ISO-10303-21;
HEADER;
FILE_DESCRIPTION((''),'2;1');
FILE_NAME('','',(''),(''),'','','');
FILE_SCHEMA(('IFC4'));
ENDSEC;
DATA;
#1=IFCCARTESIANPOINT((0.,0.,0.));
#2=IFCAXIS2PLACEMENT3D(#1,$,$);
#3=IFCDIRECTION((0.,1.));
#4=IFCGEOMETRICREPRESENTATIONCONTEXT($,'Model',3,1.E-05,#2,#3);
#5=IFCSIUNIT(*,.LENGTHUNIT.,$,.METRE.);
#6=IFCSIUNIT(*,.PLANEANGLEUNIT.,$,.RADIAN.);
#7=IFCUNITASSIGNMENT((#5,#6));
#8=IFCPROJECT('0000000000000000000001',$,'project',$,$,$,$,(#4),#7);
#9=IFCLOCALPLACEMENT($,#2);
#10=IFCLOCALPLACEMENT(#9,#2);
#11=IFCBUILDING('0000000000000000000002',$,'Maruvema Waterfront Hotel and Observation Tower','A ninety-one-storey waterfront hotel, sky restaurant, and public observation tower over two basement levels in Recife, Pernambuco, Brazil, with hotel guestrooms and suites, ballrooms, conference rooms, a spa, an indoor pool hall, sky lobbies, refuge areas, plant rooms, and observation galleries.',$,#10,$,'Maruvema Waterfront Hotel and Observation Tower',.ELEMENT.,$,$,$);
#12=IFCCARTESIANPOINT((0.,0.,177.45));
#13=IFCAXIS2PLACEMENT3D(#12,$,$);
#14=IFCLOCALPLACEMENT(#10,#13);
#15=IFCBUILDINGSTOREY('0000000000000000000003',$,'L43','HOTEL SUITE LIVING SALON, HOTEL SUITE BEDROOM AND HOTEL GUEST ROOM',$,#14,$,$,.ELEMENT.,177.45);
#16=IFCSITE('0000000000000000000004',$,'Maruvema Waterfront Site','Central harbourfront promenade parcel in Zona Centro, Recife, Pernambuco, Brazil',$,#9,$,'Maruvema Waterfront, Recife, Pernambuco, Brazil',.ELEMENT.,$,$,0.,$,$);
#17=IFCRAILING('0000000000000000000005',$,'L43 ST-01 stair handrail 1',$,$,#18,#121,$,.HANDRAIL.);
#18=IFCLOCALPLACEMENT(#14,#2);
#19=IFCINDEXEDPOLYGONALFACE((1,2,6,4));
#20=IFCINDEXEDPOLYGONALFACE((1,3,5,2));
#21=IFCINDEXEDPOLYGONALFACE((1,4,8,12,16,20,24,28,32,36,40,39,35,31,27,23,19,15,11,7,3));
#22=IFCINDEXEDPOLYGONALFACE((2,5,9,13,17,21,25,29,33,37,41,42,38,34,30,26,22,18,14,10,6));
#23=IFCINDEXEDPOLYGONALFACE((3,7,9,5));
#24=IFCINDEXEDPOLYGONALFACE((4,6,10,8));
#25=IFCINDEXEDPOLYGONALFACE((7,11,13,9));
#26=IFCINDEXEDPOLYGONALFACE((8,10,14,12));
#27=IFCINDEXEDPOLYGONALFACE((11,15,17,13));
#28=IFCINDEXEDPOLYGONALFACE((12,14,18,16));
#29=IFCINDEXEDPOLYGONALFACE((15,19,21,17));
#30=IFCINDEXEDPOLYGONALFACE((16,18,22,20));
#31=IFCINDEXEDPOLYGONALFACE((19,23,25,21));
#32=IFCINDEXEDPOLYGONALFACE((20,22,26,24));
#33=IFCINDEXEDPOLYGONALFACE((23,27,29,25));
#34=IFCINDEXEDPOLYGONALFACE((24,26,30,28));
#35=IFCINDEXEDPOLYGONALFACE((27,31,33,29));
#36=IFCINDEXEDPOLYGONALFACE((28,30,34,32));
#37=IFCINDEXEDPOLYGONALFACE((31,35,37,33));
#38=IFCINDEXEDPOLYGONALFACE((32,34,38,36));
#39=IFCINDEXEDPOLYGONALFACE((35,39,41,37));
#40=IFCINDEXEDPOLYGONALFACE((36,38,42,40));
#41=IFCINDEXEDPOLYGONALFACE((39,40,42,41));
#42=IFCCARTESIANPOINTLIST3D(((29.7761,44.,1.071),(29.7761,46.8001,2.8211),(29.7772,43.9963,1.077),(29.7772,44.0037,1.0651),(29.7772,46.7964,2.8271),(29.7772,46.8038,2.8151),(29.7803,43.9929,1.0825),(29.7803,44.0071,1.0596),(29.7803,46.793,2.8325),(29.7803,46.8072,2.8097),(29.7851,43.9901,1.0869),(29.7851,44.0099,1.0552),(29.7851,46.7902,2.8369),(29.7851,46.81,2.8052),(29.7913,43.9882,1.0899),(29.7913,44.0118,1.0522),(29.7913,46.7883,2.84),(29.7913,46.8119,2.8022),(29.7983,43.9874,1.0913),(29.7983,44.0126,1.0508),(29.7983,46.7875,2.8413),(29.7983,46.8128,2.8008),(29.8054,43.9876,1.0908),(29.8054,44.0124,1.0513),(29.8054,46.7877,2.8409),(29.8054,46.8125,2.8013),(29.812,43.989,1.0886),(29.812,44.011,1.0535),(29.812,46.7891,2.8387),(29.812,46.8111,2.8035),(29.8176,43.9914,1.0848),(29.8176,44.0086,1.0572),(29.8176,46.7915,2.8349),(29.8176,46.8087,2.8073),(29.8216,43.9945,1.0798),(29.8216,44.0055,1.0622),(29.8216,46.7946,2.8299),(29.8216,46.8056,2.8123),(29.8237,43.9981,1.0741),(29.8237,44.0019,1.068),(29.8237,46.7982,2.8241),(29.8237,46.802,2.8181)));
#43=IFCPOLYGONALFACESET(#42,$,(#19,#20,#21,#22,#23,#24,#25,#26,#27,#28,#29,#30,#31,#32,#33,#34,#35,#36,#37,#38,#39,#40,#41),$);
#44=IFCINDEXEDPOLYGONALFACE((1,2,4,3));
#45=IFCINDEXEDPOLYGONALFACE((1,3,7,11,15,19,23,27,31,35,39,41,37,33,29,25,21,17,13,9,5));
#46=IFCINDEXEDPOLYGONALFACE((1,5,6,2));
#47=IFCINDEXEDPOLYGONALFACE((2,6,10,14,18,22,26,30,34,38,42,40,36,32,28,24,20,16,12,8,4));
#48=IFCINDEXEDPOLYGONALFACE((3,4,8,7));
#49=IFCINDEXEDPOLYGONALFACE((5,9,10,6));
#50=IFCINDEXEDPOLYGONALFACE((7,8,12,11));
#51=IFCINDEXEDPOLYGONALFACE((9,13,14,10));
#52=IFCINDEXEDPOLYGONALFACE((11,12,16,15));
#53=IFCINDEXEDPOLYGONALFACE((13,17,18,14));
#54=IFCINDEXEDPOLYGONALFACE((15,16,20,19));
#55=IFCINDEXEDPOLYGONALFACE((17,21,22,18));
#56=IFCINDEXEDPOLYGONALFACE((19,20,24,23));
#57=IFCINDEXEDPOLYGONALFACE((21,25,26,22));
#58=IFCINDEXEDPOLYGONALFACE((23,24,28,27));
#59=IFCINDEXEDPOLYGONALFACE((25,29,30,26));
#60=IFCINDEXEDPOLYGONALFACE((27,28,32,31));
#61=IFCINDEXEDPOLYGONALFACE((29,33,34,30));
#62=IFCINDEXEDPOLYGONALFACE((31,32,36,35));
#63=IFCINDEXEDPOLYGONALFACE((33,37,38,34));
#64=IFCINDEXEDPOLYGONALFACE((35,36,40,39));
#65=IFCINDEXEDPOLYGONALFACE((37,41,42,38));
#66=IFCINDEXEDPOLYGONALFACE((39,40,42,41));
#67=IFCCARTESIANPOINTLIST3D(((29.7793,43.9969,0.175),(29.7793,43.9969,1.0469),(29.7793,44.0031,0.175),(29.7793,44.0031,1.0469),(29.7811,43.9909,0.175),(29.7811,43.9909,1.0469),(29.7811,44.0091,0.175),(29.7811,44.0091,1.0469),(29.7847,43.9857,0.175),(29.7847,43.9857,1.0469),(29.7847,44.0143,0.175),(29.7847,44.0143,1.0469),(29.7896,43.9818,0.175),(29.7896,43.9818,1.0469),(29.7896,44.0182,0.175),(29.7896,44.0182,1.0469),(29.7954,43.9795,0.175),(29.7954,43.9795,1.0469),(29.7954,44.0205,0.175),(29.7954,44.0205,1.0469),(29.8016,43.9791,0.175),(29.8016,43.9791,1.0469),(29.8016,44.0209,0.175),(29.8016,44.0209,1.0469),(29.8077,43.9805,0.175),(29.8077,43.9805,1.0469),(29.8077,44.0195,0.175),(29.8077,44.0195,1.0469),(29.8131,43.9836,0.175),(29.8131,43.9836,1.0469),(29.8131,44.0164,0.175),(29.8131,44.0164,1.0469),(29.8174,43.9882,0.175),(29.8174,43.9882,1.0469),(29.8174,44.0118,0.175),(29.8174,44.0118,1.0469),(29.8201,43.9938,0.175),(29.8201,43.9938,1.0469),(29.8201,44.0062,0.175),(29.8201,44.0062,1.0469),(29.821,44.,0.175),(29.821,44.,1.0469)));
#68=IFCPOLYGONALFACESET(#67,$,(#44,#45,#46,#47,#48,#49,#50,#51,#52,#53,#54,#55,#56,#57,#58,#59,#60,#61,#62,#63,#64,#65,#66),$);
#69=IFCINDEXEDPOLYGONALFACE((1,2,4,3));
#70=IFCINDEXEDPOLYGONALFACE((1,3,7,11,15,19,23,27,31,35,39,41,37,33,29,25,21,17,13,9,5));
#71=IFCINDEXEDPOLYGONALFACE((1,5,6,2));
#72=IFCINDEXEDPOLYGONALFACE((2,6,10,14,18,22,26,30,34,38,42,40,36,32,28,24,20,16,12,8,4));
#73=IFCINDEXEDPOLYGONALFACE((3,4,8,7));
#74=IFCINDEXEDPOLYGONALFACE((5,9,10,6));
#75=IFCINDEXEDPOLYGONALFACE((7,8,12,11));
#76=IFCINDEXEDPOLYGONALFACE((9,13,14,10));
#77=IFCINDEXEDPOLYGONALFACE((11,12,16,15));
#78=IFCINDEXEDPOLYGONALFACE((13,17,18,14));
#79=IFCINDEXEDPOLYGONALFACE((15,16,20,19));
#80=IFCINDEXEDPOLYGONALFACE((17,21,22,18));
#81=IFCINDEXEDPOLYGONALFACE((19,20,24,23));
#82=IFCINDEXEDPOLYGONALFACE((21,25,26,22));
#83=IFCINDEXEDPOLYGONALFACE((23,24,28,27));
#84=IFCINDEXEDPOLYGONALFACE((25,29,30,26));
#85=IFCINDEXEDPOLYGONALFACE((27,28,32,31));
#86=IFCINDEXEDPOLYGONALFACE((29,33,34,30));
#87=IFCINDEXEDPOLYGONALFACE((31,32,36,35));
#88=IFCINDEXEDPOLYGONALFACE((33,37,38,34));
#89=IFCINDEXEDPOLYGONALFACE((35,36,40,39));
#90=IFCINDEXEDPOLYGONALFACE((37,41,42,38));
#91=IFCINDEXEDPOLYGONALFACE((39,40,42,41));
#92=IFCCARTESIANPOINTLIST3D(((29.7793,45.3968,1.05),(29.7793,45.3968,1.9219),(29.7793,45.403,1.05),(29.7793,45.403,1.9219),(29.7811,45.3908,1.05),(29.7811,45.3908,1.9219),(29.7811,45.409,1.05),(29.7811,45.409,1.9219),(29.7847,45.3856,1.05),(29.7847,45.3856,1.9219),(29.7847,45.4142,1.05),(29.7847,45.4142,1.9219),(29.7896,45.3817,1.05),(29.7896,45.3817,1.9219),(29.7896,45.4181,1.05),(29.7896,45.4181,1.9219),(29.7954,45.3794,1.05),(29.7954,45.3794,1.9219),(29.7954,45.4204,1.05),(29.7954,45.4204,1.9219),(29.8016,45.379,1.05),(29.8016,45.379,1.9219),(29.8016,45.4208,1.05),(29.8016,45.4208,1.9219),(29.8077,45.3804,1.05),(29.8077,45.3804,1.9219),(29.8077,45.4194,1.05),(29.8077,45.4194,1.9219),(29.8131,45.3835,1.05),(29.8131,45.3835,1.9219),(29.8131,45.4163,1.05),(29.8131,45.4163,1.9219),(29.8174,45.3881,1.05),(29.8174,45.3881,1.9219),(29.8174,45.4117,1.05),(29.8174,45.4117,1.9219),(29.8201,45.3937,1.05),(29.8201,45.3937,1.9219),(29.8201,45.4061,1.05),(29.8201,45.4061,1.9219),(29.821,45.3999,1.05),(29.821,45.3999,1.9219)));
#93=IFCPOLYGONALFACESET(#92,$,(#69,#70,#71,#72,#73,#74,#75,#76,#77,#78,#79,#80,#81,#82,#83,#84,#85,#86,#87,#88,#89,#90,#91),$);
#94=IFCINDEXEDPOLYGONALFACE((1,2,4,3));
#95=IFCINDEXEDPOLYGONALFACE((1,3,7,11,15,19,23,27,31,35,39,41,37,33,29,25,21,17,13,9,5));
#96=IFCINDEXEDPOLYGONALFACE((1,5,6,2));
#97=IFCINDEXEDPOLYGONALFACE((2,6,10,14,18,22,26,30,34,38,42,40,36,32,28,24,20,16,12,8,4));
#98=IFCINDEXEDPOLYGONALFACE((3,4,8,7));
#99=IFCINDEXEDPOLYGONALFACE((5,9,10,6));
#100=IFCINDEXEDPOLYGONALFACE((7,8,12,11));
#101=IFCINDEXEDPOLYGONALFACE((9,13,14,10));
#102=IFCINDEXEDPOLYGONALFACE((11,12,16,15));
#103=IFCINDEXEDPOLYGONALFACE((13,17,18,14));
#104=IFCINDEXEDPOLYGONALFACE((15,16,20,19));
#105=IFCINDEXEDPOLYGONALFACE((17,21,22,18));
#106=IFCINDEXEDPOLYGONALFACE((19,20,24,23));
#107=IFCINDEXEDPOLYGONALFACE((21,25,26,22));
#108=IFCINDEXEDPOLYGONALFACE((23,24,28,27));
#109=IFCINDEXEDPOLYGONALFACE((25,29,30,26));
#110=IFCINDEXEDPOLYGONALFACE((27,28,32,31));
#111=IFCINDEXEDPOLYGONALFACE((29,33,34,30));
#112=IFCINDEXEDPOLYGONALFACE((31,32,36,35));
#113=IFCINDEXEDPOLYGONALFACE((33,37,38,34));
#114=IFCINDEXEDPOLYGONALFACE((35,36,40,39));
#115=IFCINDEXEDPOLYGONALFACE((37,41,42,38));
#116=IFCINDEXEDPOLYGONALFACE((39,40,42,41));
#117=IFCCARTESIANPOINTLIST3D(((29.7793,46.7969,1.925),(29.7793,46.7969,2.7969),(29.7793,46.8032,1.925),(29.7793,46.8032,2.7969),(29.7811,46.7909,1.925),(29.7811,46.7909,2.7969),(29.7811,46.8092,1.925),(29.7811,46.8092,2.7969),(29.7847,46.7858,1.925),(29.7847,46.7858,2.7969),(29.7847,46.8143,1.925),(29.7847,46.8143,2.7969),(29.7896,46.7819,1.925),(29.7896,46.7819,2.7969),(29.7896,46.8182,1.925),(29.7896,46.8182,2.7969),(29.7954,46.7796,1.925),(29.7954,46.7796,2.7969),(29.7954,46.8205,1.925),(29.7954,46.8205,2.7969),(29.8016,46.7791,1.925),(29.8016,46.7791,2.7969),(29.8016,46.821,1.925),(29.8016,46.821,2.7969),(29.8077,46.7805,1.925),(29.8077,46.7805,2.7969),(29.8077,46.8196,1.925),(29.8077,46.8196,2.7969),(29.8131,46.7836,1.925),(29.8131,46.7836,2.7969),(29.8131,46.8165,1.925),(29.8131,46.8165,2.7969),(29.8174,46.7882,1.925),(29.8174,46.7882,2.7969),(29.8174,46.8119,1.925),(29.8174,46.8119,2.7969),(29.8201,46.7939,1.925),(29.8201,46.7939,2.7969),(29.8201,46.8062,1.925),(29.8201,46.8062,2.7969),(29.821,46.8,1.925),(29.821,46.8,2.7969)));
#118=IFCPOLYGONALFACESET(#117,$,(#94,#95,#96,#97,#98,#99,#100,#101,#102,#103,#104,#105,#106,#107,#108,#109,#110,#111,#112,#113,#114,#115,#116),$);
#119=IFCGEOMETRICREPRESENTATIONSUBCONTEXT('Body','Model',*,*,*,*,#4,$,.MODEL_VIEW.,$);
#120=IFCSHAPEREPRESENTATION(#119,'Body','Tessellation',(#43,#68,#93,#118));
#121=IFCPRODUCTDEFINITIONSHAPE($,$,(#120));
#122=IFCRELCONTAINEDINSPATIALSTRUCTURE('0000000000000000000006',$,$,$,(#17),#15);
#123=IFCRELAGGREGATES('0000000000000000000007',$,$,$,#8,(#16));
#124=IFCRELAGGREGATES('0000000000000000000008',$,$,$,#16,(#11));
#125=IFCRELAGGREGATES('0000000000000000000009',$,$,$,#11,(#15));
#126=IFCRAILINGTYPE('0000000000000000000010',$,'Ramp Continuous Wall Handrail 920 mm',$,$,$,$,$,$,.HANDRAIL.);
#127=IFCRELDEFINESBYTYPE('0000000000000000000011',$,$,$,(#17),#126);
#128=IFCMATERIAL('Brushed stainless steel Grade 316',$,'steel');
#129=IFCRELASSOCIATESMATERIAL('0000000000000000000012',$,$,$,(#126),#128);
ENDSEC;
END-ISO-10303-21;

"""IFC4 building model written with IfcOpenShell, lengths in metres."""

from ifc_helpers import new_model, si_unit, direction, frame, origin, origin_2d, place, context, subcontext, project, spatial, circle, extrude, material, type_object, element, save


model = new_model("IFC4")

# Units and contexts
model_context = context("Model", 3, precision=1e-05, world=origin(), true_north=direction((0.0, 1.0)))
body_context = subcontext(model_context, "Body", "Model", "MODEL_VIEW")
ifc_project = project(units=[si_unit("LENGTHUNIT", "METRE"), si_unit("PLANEANGLEUNIT", "RADIAN")], contexts=[model_context])

# Site, building, storey
site_placement = place(None, origin())
site = spatial("IfcSite", under=ifc_project, at=site_placement, Name="Maruvema Waterfront Site", Description="Central harbourfront promenade parcel in Zona Centro, Recife, Pernambuco, Brazil", LongName="Maruvema Waterfront, Recife, Pernambuco, Brazil", CompositionType="ELEMENT", RefElevation=0.0)
building_placement = place(site_placement, origin())
building = spatial("IfcBuilding", under=site, at=building_placement, Name="Maruvema Waterfront Hotel and Observation Tower", Description="A ninety-one-storey waterfront hotel, sky restaurant, and public observation tower over two basement levels in Recife, Pernambuco, Brazil, with hotel guestrooms and suites, ballrooms, conference rooms, a spa, an indoor pool hall, sky lobbies, refuge areas, plant rooms, and observation galleries.", LongName="Maruvema Waterfront Hotel and Observation Tower", CompositionType="ELEMENT")
storey_placement = place(building_placement, frame((0.0, 0.0, 177.45)))
storey = spatial("IfcBuildingStorey", under=building, at=storey_placement, Name="L43", Description="HOTEL SUITE LIVING SALON, HOTEL SUITE BEDROOM AND HOTEL GUEST ROOM", CompositionType="ELEMENT", Elevation=177.45)

# Railing
ifc_material_1 = material(Name="Brushed stainless steel Grade 316", Category="steel")
railing_type_1 = type_object("IfcRailingType", Name="Ramp Continuous Wall Handrail 920 mm", PredefinedType="HANDRAIL", material=ifc_material_1)
railing_1_placement = place(storey_placement, frame((29.8, 44.0, 0.175)))
element("IfcRailing", 1, at=railing_1_placement, inside=storey, type_object=railing_type_1, Name="L43 ST-01 stair handrail 1", PredefinedType="HANDRAIL", context=body_context, shape_type="SweptSolid", body=[
    extrude(circle(Radius=0.0239, at=origin_2d()), frame((0.0, 0.0, 0.896), z_axis=(0.0, 0.848002, 0.529992), x_axis=(-1.0, 0.0, 0.0)), (0.0, 0.0, 1.0), 3.302),
    extrude(circle(Radius=0.021, at=origin_2d()), origin(), (0.0, 0.0, 1.0), 0.8718),
    extrude(circle(Radius=0.021, at=origin_2d()), frame((0.0, 1.3999, 0.875)), (0.0, 0.0, 1.0), 0.8718),
    extrude(circle(Radius=0.021, at=origin_2d()), frame((0.0, 2.8, 1.75)), (0.0, 0.0, 1.0), 0.8718),
])

save(model, "model.ifc")
